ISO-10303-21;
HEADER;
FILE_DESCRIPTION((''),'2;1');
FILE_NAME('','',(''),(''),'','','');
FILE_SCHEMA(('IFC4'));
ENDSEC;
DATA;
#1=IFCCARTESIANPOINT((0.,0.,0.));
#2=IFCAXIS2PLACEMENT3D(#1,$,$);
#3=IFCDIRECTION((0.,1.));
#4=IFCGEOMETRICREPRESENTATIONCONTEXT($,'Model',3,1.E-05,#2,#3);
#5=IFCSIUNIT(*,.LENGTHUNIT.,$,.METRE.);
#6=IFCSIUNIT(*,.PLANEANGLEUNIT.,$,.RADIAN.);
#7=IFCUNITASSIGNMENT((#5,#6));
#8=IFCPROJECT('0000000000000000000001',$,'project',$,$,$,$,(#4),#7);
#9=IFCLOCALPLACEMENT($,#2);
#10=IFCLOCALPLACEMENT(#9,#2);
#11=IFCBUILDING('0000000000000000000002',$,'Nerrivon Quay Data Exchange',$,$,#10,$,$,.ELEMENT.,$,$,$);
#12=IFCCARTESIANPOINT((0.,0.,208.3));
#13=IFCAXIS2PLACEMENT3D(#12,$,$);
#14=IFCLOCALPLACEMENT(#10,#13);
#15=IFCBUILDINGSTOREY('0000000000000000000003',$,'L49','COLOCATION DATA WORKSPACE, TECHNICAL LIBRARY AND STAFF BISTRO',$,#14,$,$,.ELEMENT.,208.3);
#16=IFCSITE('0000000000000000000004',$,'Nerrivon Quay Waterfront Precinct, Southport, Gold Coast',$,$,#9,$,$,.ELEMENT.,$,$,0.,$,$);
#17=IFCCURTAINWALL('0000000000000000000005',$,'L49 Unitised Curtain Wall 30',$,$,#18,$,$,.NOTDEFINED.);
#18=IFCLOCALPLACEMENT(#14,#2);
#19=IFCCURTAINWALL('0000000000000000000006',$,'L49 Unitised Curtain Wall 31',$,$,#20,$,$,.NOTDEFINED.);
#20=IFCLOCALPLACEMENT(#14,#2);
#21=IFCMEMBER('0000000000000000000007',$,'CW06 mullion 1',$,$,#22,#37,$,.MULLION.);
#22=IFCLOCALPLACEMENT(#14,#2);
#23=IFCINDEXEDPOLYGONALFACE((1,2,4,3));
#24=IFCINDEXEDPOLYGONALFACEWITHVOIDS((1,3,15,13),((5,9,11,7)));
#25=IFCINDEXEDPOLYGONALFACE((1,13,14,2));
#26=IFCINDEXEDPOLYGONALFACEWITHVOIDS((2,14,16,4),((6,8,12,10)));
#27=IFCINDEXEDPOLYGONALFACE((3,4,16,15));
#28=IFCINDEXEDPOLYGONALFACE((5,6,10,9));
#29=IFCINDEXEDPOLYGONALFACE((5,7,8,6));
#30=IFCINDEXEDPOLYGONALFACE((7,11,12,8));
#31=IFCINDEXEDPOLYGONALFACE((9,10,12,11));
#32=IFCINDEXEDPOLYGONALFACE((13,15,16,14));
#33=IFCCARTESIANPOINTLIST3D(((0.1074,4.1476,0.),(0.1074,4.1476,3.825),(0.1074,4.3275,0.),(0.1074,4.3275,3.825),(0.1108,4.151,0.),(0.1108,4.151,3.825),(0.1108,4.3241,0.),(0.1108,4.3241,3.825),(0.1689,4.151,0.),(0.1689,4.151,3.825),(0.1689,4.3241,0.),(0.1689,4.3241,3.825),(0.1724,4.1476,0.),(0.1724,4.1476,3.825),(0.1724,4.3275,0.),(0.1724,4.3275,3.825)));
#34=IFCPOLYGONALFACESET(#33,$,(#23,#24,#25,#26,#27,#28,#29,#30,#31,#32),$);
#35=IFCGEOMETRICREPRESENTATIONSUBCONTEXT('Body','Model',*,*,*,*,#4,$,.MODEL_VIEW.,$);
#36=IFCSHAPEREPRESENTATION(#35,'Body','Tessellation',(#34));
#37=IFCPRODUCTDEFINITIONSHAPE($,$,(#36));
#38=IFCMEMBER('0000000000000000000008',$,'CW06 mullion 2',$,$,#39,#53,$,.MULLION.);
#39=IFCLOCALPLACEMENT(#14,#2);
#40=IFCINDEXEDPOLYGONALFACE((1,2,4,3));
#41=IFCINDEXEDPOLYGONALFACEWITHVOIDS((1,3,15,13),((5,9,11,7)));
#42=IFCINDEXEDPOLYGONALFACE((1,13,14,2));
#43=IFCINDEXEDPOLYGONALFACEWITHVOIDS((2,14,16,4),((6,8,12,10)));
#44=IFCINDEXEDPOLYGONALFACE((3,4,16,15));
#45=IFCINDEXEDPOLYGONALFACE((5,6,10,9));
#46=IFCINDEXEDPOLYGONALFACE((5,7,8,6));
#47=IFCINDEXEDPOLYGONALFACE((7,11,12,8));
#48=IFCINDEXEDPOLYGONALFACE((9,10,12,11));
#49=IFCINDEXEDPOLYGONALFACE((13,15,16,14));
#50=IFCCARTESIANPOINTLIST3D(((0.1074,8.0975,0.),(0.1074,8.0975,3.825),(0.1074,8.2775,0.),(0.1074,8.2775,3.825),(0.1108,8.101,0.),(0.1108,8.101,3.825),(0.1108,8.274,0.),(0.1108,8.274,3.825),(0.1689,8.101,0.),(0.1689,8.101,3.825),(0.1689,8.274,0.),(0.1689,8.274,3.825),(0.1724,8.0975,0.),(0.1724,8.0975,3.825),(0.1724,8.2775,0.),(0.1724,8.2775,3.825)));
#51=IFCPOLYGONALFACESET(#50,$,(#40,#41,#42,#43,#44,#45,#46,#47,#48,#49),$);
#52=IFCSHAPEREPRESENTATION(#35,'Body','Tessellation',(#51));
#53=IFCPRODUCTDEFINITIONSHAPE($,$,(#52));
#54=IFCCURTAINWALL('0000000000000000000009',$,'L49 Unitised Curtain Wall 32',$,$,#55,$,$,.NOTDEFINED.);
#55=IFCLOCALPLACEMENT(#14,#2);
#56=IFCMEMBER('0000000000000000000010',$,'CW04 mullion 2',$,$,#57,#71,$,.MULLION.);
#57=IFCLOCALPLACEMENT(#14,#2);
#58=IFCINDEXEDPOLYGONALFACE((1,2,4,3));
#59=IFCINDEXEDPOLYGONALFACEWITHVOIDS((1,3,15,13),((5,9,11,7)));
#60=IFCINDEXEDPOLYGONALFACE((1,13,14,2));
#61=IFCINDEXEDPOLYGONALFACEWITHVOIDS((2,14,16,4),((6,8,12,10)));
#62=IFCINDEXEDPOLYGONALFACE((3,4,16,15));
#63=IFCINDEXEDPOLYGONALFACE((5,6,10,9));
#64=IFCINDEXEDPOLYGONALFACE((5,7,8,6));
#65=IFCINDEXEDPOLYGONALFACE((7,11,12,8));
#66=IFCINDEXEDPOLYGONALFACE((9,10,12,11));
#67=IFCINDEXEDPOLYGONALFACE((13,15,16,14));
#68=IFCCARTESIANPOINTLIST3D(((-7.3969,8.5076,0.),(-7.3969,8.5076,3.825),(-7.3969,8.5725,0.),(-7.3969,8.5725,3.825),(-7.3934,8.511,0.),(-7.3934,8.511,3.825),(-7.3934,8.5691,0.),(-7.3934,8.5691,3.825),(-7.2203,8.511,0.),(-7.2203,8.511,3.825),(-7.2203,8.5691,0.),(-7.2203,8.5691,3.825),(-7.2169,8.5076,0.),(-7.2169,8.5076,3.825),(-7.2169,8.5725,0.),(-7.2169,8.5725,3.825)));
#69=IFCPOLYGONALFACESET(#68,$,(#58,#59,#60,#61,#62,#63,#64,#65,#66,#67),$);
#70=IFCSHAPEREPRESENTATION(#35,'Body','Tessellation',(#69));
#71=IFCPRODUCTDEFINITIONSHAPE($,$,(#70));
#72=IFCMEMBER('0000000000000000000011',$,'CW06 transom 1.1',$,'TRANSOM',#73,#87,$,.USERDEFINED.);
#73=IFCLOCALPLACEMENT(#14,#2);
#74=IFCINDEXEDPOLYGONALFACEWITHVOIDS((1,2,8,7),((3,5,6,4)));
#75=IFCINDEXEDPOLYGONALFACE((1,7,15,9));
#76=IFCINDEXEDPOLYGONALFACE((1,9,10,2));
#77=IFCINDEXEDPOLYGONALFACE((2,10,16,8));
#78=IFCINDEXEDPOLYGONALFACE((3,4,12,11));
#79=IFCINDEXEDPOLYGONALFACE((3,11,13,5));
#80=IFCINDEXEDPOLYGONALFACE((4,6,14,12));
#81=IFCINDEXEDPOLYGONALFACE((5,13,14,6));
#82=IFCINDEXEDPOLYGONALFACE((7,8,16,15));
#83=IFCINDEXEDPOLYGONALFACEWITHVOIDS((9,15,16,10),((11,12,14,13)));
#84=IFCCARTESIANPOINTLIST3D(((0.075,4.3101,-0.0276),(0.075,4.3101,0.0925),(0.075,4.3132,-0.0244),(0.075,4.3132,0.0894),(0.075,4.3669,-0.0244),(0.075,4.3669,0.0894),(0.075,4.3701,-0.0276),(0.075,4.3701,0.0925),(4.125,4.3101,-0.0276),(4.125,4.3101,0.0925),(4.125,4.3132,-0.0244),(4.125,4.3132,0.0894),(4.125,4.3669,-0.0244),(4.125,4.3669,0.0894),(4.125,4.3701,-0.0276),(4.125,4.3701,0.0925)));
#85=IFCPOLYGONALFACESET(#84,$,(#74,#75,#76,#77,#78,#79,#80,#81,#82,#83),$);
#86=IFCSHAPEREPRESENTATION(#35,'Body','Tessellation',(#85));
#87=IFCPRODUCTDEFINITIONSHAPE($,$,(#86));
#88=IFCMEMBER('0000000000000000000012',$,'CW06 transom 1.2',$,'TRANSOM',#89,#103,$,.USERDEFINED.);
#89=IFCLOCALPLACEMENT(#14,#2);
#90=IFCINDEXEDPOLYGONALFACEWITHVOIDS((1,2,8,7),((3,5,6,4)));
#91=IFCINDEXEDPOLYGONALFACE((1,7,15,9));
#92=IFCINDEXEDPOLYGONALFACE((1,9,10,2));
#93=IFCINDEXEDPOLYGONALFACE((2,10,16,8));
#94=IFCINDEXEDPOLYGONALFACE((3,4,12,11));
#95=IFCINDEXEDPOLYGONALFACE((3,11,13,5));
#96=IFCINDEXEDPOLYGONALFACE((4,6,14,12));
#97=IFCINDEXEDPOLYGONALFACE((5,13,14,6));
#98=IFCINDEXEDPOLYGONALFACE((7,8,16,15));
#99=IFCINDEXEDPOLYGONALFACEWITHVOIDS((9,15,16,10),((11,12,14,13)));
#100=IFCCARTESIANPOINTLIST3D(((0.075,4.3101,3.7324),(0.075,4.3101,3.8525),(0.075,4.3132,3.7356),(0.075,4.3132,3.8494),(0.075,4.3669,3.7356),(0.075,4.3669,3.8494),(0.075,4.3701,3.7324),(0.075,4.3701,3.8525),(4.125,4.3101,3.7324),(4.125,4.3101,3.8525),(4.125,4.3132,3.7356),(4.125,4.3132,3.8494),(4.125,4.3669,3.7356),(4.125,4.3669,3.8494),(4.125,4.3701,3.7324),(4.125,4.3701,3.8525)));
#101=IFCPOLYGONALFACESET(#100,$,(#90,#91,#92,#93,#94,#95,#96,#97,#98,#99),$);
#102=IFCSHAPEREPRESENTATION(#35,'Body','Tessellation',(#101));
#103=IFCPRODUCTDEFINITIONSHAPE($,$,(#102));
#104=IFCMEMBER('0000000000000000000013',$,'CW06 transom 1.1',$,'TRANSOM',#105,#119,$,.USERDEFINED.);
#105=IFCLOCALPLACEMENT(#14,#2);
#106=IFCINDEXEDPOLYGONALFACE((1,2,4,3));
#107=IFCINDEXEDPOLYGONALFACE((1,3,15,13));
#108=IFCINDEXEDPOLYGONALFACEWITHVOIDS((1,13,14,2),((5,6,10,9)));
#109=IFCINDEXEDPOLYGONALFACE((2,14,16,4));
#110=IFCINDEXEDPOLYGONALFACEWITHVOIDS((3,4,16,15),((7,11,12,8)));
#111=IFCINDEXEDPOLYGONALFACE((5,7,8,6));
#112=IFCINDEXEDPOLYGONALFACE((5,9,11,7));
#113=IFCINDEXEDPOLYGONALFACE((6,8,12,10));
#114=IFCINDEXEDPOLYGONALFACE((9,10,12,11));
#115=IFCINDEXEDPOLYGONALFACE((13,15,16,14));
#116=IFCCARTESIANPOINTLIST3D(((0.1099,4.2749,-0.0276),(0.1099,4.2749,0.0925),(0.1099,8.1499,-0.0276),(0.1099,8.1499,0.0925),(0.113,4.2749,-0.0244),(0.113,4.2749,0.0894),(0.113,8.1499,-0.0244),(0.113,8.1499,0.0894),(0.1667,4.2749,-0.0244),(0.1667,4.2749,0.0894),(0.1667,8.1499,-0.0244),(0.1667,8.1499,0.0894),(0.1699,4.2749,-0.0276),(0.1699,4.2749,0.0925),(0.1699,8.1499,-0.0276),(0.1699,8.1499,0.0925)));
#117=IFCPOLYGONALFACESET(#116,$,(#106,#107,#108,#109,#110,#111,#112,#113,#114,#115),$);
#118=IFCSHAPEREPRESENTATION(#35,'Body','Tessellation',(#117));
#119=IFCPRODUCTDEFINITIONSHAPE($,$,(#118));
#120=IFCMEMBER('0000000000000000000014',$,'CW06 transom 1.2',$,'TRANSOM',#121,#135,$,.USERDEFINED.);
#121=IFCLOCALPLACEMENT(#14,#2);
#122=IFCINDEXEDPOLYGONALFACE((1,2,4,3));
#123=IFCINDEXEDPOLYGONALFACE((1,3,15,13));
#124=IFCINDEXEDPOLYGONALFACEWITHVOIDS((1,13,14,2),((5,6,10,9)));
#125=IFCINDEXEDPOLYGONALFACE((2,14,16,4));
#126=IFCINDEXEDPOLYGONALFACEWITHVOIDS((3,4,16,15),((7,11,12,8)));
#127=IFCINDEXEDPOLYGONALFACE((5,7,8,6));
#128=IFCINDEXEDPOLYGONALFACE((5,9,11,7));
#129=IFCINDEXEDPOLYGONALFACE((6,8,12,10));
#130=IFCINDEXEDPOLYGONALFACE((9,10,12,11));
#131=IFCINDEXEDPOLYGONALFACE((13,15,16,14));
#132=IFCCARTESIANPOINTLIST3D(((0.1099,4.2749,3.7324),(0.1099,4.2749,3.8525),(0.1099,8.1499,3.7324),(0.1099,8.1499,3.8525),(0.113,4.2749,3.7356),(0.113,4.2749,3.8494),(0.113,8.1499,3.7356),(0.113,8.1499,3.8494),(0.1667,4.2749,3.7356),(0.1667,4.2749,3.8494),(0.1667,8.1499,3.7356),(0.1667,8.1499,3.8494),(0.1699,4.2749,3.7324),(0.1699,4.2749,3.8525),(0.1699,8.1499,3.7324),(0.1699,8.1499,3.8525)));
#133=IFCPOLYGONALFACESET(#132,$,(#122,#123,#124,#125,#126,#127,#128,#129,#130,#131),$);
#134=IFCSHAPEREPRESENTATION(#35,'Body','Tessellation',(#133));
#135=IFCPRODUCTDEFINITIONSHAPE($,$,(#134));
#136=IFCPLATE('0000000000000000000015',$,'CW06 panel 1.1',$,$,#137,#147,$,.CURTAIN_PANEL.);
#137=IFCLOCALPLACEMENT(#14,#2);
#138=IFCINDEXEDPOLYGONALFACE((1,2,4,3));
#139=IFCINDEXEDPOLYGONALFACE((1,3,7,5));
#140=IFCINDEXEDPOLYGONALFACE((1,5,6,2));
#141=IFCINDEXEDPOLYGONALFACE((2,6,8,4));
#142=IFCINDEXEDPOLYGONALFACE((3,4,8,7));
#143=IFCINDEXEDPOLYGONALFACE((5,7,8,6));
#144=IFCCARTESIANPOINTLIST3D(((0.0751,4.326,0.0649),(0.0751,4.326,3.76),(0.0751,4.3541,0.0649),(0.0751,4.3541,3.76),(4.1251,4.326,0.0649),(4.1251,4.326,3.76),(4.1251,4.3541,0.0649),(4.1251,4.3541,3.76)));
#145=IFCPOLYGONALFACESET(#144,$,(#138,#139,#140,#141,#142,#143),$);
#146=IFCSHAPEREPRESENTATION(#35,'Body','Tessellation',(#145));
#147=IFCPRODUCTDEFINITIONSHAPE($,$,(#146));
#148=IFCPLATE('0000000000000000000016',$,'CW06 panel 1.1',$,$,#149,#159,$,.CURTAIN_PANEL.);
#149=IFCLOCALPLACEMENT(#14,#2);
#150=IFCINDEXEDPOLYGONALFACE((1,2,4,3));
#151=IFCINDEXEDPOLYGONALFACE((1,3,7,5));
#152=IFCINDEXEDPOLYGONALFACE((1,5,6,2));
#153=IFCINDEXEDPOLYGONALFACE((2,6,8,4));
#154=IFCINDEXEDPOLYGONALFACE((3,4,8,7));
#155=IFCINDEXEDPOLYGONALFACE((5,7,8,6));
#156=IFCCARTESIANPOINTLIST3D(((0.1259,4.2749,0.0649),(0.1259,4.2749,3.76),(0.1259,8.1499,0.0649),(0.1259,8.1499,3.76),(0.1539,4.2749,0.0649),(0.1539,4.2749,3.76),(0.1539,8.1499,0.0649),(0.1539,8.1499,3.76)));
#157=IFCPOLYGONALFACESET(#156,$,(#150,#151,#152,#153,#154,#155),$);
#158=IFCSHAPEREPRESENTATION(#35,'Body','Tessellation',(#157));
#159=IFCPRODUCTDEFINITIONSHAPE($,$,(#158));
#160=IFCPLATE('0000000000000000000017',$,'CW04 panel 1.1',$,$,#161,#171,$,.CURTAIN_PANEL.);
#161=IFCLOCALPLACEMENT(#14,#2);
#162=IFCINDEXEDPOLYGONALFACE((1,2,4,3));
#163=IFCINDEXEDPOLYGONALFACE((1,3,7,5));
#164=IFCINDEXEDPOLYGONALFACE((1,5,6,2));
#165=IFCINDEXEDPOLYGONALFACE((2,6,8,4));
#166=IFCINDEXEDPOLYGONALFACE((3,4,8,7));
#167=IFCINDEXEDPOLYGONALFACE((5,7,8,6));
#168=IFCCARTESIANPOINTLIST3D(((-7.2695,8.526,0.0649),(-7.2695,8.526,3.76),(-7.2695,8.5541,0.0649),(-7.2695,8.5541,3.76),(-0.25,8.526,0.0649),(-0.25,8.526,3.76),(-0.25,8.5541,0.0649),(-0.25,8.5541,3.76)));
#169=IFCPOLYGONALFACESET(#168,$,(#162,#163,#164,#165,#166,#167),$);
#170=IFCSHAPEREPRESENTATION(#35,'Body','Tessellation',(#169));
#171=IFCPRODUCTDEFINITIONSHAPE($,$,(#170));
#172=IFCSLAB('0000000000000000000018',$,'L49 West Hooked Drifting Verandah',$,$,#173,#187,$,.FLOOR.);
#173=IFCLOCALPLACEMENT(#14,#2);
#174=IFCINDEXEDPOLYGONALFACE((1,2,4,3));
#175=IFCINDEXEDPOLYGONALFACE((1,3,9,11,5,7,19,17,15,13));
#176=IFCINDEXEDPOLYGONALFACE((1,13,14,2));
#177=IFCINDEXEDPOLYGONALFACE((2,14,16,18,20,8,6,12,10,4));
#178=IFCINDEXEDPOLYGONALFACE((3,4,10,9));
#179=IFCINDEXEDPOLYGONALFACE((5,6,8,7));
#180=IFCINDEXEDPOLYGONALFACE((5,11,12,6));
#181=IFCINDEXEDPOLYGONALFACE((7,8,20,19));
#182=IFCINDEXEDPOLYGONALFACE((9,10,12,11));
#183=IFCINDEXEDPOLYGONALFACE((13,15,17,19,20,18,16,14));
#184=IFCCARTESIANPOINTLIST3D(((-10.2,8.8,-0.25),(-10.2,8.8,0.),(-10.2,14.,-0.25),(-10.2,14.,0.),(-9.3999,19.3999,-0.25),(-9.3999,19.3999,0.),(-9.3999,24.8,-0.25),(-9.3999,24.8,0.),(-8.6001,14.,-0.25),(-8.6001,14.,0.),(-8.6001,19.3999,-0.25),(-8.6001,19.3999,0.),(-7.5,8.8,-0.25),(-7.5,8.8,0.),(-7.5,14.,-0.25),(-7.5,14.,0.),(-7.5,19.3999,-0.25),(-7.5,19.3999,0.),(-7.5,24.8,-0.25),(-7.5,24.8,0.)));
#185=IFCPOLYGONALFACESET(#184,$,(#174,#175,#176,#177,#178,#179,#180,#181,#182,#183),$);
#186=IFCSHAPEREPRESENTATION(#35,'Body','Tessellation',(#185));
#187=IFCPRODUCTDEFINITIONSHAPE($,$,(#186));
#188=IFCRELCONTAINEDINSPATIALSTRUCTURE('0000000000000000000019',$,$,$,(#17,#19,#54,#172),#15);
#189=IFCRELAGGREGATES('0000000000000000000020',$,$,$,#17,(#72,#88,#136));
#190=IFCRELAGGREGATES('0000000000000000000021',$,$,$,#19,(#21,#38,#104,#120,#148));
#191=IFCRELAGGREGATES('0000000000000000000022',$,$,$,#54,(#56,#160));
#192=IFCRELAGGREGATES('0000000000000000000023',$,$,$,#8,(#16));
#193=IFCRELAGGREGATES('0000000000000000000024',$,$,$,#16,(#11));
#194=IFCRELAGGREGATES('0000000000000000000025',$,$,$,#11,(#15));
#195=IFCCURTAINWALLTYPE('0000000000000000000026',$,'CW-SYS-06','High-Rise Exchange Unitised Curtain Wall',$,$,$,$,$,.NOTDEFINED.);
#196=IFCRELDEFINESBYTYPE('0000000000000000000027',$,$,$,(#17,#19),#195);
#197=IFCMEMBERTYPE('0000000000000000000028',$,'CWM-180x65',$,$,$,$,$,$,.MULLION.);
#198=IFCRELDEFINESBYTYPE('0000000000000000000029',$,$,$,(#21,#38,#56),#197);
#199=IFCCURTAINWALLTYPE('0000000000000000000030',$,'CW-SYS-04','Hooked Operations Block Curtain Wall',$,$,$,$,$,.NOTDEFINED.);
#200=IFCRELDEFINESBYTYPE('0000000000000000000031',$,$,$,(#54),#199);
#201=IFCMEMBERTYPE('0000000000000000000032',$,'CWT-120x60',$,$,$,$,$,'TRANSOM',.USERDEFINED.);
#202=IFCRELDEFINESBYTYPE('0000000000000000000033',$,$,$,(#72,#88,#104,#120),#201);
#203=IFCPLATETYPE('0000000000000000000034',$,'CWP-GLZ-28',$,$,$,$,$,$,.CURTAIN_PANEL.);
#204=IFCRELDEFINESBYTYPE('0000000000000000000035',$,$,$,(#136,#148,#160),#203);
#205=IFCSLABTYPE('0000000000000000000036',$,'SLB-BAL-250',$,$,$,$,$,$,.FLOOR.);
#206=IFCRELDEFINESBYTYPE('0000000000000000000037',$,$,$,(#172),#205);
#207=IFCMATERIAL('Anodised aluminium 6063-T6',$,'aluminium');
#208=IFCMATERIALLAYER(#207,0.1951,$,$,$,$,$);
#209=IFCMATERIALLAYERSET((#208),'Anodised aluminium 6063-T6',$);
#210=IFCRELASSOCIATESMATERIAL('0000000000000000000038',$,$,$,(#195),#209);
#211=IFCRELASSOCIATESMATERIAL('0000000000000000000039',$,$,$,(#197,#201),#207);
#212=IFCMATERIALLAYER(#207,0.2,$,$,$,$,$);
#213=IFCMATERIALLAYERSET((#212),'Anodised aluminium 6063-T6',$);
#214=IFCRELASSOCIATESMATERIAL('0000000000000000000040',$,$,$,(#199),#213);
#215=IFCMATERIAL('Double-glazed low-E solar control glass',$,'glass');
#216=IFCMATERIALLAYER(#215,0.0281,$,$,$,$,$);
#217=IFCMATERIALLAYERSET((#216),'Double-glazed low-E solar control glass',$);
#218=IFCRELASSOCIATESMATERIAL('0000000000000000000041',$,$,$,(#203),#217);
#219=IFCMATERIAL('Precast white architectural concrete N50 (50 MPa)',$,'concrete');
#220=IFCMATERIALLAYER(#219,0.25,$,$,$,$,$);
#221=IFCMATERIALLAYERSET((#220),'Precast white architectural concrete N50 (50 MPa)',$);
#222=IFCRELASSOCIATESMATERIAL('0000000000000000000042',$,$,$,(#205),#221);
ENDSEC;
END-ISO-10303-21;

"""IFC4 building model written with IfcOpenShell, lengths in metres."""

from ifc_helpers import new_model, si_unit, direction, frame, origin, origin_2d, place, context, subcontext, project, spatial, polyline, rectangle, hollow_rectangle, outline, extrude, material, layer, layer_set, material_profile, profile_set, type_object, element, aggregate, save


model = new_model("IFC4")

# Units and contexts
model_context = context("Model", 3, precision=1e-05, world=origin(), true_north=direction((0.0, 1.0)))
body_context = subcontext(model_context, "Body", "Model", "MODEL_VIEW")
ifc_project = project(units=[si_unit("LENGTHUNIT", "METRE"), si_unit("PLANEANGLEUNIT", "RADIAN")], contexts=[model_context])

# Site, building, storey
site_placement = place(None, origin())
site = spatial("IfcSite", under=ifc_project, at=site_placement, Name="Nerrivon Quay Waterfront Precinct, Southport, Gold Coast", CompositionType="ELEMENT", RefElevation=0.0)
building_placement = place(site_placement, origin())
building = spatial("IfcBuilding", under=site, at=building_placement, Name="Nerrivon Quay Data Exchange", CompositionType="ELEMENT")
storey_placement = place(building_placement, frame((0.0, 0.0, 208.3)))
storey = spatial("IfcBuildingStorey", under=building, at=storey_placement, Name="L49", Description="COLOCATION DATA WORKSPACE, TECHNICAL LIBRARY AND STAFF BISTRO", CompositionType="ELEMENT", Elevation=208.3)

# Curtain walls, members
ifc_material_1 = material(Name="Anodised aluminium 6063-T6", Category="aluminium")
ifc_layer_1 = layer(ifc_material_1, 0.1951)
ifc_layer_set_1 = layer_set([ifc_layer_1], Name="Anodised aluminium 6063-T6")
curtain_wall_type_1 = type_object("IfcCurtainWallType", Name="CW-SYS-06", Description="High-Rise Exchange Unitised Curtain Wall", PredefinedType="NOTDEFINED", material=ifc_layer_set_1)
curtain_wall_1_placement = place(storey_placement, origin())
curtain_wall_1 = element("IfcCurtainWall", 1, at=curtain_wall_1_placement, inside=storey, type_object=curtain_wall_type_1, Name="L49 Unitised Curtain Wall 30", PredefinedType="NOTDEFINED")
ifc_material_profile_1 = material_profile(ifc_material_1, hollow_rectangle(XDim=0.0649, YDim=0.1799, WallThickness=0.0034, at=origin_2d()), Name="ALU-MULL-180x65")
ifc_profile_set_1 = profile_set([ifc_material_profile_1], Name="Anodised aluminium 6063-T6")
member_type_1 = type_object("IfcMemberType", Name="CWM-180x65", PredefinedType="MULLION", material=ifc_profile_set_1)
curtain_wall_2_placement = place(storey_placement, origin())
curtain_wall_2 = element("IfcCurtainWall", 2, at=curtain_wall_2_placement, inside=storey, type_object=curtain_wall_type_1, Name="L49 Unitised Curtain Wall 31", PredefinedType="NOTDEFINED")
member_1_placement = place(storey_placement, frame((0.1399, 4.2375, 0.0), z_axis=(0.0, 0.0, 1.0), x_axis=(-1.0, 0.0, 0.0)))
member_1 = element("IfcMember", 3, at=member_1_placement, type_object=member_type_1, Name="CW06 mullion 1", PredefinedType="MULLION", context=body_context, shape_type="SweptSolid", body=[
    extrude(hollow_rectangle(XDim=0.0649, YDim=0.1799, WallThickness=0.0034, at=origin_2d()), origin(), (0.0, 0.0, 1.0), 3.825),
])
member_2_placement = place(storey_placement, frame((0.1399, 8.1875, 0.0), z_axis=(0.0, 0.0, 1.0), x_axis=(-1.0, 0.0, 0.0)))
member_2 = element("IfcMember", 4, at=member_2_placement, type_object=member_type_1, Name="CW06 mullion 2", PredefinedType="MULLION", context=body_context, shape_type="SweptSolid", body=[
    extrude(hollow_rectangle(XDim=0.0649, YDim=0.1799, WallThickness=0.0034, at=origin_2d()), origin(), (0.0, 0.0, 1.0), 3.825),
])

# Curtain wall, member
ifc_layer_2 = layer(ifc_material_1, 0.2)
ifc_layer_set_2 = layer_set([ifc_layer_2], Name="Anodised aluminium 6063-T6")
curtain_wall_type_2 = type_object("IfcCurtainWallType", Name="CW-SYS-04", Description="Hooked Operations Block Curtain Wall", PredefinedType="NOTDEFINED", material=ifc_layer_set_2)
curtain_wall_3_placement = place(storey_placement, origin())
curtain_wall_3 = element("IfcCurtainWall", 5, at=curtain_wall_3_placement, inside=storey, type_object=curtain_wall_type_2, Name="L49 Unitised Curtain Wall 32", PredefinedType="NOTDEFINED")
member_3_placement = place(storey_placement, frame((-7.3069, 8.54, 0.0), z_axis=(0.0, 0.0, 1.0), x_axis=(0.0, -1.0, 0.0)))
member_3 = element("IfcMember", 6, at=member_3_placement, type_object=member_type_1, Name="CW04 mullion 2", PredefinedType="MULLION", context=body_context, shape_type="SweptSolid", body=[
    extrude(hollow_rectangle(XDim=0.0649, YDim=0.1799, WallThickness=0.0034, at=origin_2d()), origin(), (0.0, 0.0, 1.0), 3.825),
])

# Members
ifc_material_profile_2 = material_profile(ifc_material_1, hollow_rectangle(XDim=0.0601, YDim=0.1201, WallThickness=0.0032, at=origin_2d()), Name="ALU-TRAN-120x60")
ifc_profile_set_2 = profile_set([ifc_material_profile_2], Name="Anodised aluminium 6063-T6")
member_type_2 = type_object("IfcMemberType", Name="CWT-120x60", ElementType="TRANSOM", PredefinedType="USERDEFINED", material=ifc_profile_set_2)
member_4_placement = place(storey_placement, frame((4.125, 4.3401, 0.0325), z_axis=(-1.0, 0.0, 0.0), x_axis=(0.0, -1.0, 0.0)))
member_4 = element("IfcMember", 7, at=member_4_placement, type_object=member_type_2, Name="CW06 transom 1.1", ObjectType="TRANSOM", PredefinedType="USERDEFINED", context=body_context, shape_type="SweptSolid", body=[
    extrude(hollow_rectangle(XDim=0.0601, YDim=0.1201, WallThickness=0.0032, at=origin_2d()), origin(), (0.0, 0.0, 1.0), 4.05),
])
member_5_placement = place(storey_placement, frame((4.125, 4.3401, 3.7925), z_axis=(-1.0, 0.0, 0.0), x_axis=(0.0, -1.0, 0.0)))
member_5 = element("IfcMember", 8, at=member_5_placement, type_object=member_type_2, Name="CW06 transom 1.2", ObjectType="TRANSOM", PredefinedType="USERDEFINED", context=body_context, shape_type="SweptSolid", body=[
    extrude(hollow_rectangle(XDim=0.0601, YDim=0.1201, WallThickness=0.0032, at=origin_2d()), origin(), (0.0, 0.0, 1.0), 4.05),
])
member_6_placement = place(storey_placement, frame((0.1399, 4.2749, 0.0325), z_axis=(0.0, 1.0, 0.0), x_axis=(-1.0, 0.0, 0.0)))
member_6 = element("IfcMember", 9, at=member_6_placement, type_object=member_type_2, Name="CW06 transom 1.1", ObjectType="TRANSOM", PredefinedType="USERDEFINED", context=body_context, shape_type="SweptSolid", body=[
    extrude(hollow_rectangle(XDim=0.0601, YDim=0.1201, WallThickness=0.0032, at=origin_2d()), origin(), (0.0, 0.0, 1.0), 3.875),
])
member_7_placement = place(storey_placement, frame((0.1399, 4.2749, 3.7925), z_axis=(0.0, 1.0, 0.0), x_axis=(-1.0, 0.0, 0.0)))
member_7 = element("IfcMember", 10, at=member_7_placement, type_object=member_type_2, Name="CW06 transom 1.2", ObjectType="TRANSOM", PredefinedType="USERDEFINED", context=body_context, shape_type="SweptSolid", body=[
    extrude(hollow_rectangle(XDim=0.0601, YDim=0.1201, WallThickness=0.0032, at=origin_2d()), origin(), (0.0, 0.0, 1.0), 3.875),
])

# Plates
ifc_material_2 = material(Name="Double-glazed low-E solar control glass", Category="glass")
ifc_layer_3 = layer(ifc_material_2, 0.0281)
ifc_layer_set_3 = layer_set([ifc_layer_3], Name="Double-glazed low-E solar control glass")
plate_type = type_object("IfcPlateType", Name="CWP-GLZ-28", PredefinedType="CURTAIN_PANEL", material=ifc_layer_set_3)
plate_1_placement = place(storey_placement, frame((2.1001, 4.3401, 0.0649), z_axis=(0.0, 0.0, 1.0), x_axis=(-1.0, 0.0, 0.0)))
plate_1 = element("IfcPlate", 11, at=plate_1_placement, type_object=plate_type, Name="CW06 panel 1.1", PredefinedType="CURTAIN_PANEL", context=body_context, shape_type="SweptSolid", body=[
    extrude(rectangle(XDim=4.05, YDim=0.0281, at=origin_2d()), origin(), (0.0, 0.0, 1.0), 3.6951),
])
aggregate(curtain_wall_1, [member_4, member_5, plate_1])
plate_2_placement = place(storey_placement, frame((0.1399, 6.2124, 0.0649), z_axis=(0.0, 0.0, 1.0), x_axis=(0.0, 1.0, 0.0)))
plate_2 = element("IfcPlate", 12, at=plate_2_placement, type_object=plate_type, Name="CW06 panel 1.1", PredefinedType="CURTAIN_PANEL", context=body_context, shape_type="SweptSolid", body=[
    extrude(rectangle(XDim=3.875, YDim=0.0281, at=origin_2d()), origin(), (0.0, 0.0, 1.0), 3.6951),
])
aggregate(curtain_wall_2, [member_1, member_2, member_6, member_7, plate_2])
plate_3_placement = place(storey_placement, frame((-3.7598, 8.54, 0.0649), z_axis=(0.0, 0.0, 1.0), x_axis=(-1.0, 0.0, 0.0)))
plate_3 = element("IfcPlate", 13, at=plate_3_placement, type_object=plate_type, Name="CW04 panel 1.1", PredefinedType="CURTAIN_PANEL", context=body_context, shape_type="SweptSolid", body=[
    extrude(rectangle(XDim=7.0195, YDim=0.0281, at=origin_2d()), origin(), (0.0, 0.0, 1.0), 3.6951),
])
aggregate(curtain_wall_3, [member_3, plate_3])

# Slab
ifc_material_3 = material(Name="Precast white architectural concrete N50 (50 MPa)", Category="concrete")
ifc_layer_4 = layer(ifc_material_3, 0.25)
ifc_layer_set_4 = layer_set([ifc_layer_4], Name="Precast white architectural concrete N50 (50 MPa)")
slab_type_1 = type_object("IfcSlabType", Name="SLB-BAL-250", PredefinedType="FLOOR", material=ifc_layer_set_4)
slab_1_placement = place(storey_placement, frame((0.0, 0.0, -0.25)))
element("IfcSlab", 14, at=slab_1_placement, inside=storey, type_object=slab_type_1, Name="L49 West Hooked Drifting Verandah", PredefinedType="FLOOR", context=body_context, shape_type="SweptSolid", body=[
    extrude(outline(polyline([(-7.5, 14.0), (-7.5, 19.3999), (-7.5, 24.8), (-9.3999, 24.8), (-9.3999, 19.3999), (-8.6001, 19.3999), (-8.6001, 14.0), (-10.2, 14.0), (-10.2, 8.8), (-7.5, 8.8), (-7.5, 14.0)])), origin(), (0.0, 0.0, 1.0), 0.25),
])

save(model, "model.ifc")
